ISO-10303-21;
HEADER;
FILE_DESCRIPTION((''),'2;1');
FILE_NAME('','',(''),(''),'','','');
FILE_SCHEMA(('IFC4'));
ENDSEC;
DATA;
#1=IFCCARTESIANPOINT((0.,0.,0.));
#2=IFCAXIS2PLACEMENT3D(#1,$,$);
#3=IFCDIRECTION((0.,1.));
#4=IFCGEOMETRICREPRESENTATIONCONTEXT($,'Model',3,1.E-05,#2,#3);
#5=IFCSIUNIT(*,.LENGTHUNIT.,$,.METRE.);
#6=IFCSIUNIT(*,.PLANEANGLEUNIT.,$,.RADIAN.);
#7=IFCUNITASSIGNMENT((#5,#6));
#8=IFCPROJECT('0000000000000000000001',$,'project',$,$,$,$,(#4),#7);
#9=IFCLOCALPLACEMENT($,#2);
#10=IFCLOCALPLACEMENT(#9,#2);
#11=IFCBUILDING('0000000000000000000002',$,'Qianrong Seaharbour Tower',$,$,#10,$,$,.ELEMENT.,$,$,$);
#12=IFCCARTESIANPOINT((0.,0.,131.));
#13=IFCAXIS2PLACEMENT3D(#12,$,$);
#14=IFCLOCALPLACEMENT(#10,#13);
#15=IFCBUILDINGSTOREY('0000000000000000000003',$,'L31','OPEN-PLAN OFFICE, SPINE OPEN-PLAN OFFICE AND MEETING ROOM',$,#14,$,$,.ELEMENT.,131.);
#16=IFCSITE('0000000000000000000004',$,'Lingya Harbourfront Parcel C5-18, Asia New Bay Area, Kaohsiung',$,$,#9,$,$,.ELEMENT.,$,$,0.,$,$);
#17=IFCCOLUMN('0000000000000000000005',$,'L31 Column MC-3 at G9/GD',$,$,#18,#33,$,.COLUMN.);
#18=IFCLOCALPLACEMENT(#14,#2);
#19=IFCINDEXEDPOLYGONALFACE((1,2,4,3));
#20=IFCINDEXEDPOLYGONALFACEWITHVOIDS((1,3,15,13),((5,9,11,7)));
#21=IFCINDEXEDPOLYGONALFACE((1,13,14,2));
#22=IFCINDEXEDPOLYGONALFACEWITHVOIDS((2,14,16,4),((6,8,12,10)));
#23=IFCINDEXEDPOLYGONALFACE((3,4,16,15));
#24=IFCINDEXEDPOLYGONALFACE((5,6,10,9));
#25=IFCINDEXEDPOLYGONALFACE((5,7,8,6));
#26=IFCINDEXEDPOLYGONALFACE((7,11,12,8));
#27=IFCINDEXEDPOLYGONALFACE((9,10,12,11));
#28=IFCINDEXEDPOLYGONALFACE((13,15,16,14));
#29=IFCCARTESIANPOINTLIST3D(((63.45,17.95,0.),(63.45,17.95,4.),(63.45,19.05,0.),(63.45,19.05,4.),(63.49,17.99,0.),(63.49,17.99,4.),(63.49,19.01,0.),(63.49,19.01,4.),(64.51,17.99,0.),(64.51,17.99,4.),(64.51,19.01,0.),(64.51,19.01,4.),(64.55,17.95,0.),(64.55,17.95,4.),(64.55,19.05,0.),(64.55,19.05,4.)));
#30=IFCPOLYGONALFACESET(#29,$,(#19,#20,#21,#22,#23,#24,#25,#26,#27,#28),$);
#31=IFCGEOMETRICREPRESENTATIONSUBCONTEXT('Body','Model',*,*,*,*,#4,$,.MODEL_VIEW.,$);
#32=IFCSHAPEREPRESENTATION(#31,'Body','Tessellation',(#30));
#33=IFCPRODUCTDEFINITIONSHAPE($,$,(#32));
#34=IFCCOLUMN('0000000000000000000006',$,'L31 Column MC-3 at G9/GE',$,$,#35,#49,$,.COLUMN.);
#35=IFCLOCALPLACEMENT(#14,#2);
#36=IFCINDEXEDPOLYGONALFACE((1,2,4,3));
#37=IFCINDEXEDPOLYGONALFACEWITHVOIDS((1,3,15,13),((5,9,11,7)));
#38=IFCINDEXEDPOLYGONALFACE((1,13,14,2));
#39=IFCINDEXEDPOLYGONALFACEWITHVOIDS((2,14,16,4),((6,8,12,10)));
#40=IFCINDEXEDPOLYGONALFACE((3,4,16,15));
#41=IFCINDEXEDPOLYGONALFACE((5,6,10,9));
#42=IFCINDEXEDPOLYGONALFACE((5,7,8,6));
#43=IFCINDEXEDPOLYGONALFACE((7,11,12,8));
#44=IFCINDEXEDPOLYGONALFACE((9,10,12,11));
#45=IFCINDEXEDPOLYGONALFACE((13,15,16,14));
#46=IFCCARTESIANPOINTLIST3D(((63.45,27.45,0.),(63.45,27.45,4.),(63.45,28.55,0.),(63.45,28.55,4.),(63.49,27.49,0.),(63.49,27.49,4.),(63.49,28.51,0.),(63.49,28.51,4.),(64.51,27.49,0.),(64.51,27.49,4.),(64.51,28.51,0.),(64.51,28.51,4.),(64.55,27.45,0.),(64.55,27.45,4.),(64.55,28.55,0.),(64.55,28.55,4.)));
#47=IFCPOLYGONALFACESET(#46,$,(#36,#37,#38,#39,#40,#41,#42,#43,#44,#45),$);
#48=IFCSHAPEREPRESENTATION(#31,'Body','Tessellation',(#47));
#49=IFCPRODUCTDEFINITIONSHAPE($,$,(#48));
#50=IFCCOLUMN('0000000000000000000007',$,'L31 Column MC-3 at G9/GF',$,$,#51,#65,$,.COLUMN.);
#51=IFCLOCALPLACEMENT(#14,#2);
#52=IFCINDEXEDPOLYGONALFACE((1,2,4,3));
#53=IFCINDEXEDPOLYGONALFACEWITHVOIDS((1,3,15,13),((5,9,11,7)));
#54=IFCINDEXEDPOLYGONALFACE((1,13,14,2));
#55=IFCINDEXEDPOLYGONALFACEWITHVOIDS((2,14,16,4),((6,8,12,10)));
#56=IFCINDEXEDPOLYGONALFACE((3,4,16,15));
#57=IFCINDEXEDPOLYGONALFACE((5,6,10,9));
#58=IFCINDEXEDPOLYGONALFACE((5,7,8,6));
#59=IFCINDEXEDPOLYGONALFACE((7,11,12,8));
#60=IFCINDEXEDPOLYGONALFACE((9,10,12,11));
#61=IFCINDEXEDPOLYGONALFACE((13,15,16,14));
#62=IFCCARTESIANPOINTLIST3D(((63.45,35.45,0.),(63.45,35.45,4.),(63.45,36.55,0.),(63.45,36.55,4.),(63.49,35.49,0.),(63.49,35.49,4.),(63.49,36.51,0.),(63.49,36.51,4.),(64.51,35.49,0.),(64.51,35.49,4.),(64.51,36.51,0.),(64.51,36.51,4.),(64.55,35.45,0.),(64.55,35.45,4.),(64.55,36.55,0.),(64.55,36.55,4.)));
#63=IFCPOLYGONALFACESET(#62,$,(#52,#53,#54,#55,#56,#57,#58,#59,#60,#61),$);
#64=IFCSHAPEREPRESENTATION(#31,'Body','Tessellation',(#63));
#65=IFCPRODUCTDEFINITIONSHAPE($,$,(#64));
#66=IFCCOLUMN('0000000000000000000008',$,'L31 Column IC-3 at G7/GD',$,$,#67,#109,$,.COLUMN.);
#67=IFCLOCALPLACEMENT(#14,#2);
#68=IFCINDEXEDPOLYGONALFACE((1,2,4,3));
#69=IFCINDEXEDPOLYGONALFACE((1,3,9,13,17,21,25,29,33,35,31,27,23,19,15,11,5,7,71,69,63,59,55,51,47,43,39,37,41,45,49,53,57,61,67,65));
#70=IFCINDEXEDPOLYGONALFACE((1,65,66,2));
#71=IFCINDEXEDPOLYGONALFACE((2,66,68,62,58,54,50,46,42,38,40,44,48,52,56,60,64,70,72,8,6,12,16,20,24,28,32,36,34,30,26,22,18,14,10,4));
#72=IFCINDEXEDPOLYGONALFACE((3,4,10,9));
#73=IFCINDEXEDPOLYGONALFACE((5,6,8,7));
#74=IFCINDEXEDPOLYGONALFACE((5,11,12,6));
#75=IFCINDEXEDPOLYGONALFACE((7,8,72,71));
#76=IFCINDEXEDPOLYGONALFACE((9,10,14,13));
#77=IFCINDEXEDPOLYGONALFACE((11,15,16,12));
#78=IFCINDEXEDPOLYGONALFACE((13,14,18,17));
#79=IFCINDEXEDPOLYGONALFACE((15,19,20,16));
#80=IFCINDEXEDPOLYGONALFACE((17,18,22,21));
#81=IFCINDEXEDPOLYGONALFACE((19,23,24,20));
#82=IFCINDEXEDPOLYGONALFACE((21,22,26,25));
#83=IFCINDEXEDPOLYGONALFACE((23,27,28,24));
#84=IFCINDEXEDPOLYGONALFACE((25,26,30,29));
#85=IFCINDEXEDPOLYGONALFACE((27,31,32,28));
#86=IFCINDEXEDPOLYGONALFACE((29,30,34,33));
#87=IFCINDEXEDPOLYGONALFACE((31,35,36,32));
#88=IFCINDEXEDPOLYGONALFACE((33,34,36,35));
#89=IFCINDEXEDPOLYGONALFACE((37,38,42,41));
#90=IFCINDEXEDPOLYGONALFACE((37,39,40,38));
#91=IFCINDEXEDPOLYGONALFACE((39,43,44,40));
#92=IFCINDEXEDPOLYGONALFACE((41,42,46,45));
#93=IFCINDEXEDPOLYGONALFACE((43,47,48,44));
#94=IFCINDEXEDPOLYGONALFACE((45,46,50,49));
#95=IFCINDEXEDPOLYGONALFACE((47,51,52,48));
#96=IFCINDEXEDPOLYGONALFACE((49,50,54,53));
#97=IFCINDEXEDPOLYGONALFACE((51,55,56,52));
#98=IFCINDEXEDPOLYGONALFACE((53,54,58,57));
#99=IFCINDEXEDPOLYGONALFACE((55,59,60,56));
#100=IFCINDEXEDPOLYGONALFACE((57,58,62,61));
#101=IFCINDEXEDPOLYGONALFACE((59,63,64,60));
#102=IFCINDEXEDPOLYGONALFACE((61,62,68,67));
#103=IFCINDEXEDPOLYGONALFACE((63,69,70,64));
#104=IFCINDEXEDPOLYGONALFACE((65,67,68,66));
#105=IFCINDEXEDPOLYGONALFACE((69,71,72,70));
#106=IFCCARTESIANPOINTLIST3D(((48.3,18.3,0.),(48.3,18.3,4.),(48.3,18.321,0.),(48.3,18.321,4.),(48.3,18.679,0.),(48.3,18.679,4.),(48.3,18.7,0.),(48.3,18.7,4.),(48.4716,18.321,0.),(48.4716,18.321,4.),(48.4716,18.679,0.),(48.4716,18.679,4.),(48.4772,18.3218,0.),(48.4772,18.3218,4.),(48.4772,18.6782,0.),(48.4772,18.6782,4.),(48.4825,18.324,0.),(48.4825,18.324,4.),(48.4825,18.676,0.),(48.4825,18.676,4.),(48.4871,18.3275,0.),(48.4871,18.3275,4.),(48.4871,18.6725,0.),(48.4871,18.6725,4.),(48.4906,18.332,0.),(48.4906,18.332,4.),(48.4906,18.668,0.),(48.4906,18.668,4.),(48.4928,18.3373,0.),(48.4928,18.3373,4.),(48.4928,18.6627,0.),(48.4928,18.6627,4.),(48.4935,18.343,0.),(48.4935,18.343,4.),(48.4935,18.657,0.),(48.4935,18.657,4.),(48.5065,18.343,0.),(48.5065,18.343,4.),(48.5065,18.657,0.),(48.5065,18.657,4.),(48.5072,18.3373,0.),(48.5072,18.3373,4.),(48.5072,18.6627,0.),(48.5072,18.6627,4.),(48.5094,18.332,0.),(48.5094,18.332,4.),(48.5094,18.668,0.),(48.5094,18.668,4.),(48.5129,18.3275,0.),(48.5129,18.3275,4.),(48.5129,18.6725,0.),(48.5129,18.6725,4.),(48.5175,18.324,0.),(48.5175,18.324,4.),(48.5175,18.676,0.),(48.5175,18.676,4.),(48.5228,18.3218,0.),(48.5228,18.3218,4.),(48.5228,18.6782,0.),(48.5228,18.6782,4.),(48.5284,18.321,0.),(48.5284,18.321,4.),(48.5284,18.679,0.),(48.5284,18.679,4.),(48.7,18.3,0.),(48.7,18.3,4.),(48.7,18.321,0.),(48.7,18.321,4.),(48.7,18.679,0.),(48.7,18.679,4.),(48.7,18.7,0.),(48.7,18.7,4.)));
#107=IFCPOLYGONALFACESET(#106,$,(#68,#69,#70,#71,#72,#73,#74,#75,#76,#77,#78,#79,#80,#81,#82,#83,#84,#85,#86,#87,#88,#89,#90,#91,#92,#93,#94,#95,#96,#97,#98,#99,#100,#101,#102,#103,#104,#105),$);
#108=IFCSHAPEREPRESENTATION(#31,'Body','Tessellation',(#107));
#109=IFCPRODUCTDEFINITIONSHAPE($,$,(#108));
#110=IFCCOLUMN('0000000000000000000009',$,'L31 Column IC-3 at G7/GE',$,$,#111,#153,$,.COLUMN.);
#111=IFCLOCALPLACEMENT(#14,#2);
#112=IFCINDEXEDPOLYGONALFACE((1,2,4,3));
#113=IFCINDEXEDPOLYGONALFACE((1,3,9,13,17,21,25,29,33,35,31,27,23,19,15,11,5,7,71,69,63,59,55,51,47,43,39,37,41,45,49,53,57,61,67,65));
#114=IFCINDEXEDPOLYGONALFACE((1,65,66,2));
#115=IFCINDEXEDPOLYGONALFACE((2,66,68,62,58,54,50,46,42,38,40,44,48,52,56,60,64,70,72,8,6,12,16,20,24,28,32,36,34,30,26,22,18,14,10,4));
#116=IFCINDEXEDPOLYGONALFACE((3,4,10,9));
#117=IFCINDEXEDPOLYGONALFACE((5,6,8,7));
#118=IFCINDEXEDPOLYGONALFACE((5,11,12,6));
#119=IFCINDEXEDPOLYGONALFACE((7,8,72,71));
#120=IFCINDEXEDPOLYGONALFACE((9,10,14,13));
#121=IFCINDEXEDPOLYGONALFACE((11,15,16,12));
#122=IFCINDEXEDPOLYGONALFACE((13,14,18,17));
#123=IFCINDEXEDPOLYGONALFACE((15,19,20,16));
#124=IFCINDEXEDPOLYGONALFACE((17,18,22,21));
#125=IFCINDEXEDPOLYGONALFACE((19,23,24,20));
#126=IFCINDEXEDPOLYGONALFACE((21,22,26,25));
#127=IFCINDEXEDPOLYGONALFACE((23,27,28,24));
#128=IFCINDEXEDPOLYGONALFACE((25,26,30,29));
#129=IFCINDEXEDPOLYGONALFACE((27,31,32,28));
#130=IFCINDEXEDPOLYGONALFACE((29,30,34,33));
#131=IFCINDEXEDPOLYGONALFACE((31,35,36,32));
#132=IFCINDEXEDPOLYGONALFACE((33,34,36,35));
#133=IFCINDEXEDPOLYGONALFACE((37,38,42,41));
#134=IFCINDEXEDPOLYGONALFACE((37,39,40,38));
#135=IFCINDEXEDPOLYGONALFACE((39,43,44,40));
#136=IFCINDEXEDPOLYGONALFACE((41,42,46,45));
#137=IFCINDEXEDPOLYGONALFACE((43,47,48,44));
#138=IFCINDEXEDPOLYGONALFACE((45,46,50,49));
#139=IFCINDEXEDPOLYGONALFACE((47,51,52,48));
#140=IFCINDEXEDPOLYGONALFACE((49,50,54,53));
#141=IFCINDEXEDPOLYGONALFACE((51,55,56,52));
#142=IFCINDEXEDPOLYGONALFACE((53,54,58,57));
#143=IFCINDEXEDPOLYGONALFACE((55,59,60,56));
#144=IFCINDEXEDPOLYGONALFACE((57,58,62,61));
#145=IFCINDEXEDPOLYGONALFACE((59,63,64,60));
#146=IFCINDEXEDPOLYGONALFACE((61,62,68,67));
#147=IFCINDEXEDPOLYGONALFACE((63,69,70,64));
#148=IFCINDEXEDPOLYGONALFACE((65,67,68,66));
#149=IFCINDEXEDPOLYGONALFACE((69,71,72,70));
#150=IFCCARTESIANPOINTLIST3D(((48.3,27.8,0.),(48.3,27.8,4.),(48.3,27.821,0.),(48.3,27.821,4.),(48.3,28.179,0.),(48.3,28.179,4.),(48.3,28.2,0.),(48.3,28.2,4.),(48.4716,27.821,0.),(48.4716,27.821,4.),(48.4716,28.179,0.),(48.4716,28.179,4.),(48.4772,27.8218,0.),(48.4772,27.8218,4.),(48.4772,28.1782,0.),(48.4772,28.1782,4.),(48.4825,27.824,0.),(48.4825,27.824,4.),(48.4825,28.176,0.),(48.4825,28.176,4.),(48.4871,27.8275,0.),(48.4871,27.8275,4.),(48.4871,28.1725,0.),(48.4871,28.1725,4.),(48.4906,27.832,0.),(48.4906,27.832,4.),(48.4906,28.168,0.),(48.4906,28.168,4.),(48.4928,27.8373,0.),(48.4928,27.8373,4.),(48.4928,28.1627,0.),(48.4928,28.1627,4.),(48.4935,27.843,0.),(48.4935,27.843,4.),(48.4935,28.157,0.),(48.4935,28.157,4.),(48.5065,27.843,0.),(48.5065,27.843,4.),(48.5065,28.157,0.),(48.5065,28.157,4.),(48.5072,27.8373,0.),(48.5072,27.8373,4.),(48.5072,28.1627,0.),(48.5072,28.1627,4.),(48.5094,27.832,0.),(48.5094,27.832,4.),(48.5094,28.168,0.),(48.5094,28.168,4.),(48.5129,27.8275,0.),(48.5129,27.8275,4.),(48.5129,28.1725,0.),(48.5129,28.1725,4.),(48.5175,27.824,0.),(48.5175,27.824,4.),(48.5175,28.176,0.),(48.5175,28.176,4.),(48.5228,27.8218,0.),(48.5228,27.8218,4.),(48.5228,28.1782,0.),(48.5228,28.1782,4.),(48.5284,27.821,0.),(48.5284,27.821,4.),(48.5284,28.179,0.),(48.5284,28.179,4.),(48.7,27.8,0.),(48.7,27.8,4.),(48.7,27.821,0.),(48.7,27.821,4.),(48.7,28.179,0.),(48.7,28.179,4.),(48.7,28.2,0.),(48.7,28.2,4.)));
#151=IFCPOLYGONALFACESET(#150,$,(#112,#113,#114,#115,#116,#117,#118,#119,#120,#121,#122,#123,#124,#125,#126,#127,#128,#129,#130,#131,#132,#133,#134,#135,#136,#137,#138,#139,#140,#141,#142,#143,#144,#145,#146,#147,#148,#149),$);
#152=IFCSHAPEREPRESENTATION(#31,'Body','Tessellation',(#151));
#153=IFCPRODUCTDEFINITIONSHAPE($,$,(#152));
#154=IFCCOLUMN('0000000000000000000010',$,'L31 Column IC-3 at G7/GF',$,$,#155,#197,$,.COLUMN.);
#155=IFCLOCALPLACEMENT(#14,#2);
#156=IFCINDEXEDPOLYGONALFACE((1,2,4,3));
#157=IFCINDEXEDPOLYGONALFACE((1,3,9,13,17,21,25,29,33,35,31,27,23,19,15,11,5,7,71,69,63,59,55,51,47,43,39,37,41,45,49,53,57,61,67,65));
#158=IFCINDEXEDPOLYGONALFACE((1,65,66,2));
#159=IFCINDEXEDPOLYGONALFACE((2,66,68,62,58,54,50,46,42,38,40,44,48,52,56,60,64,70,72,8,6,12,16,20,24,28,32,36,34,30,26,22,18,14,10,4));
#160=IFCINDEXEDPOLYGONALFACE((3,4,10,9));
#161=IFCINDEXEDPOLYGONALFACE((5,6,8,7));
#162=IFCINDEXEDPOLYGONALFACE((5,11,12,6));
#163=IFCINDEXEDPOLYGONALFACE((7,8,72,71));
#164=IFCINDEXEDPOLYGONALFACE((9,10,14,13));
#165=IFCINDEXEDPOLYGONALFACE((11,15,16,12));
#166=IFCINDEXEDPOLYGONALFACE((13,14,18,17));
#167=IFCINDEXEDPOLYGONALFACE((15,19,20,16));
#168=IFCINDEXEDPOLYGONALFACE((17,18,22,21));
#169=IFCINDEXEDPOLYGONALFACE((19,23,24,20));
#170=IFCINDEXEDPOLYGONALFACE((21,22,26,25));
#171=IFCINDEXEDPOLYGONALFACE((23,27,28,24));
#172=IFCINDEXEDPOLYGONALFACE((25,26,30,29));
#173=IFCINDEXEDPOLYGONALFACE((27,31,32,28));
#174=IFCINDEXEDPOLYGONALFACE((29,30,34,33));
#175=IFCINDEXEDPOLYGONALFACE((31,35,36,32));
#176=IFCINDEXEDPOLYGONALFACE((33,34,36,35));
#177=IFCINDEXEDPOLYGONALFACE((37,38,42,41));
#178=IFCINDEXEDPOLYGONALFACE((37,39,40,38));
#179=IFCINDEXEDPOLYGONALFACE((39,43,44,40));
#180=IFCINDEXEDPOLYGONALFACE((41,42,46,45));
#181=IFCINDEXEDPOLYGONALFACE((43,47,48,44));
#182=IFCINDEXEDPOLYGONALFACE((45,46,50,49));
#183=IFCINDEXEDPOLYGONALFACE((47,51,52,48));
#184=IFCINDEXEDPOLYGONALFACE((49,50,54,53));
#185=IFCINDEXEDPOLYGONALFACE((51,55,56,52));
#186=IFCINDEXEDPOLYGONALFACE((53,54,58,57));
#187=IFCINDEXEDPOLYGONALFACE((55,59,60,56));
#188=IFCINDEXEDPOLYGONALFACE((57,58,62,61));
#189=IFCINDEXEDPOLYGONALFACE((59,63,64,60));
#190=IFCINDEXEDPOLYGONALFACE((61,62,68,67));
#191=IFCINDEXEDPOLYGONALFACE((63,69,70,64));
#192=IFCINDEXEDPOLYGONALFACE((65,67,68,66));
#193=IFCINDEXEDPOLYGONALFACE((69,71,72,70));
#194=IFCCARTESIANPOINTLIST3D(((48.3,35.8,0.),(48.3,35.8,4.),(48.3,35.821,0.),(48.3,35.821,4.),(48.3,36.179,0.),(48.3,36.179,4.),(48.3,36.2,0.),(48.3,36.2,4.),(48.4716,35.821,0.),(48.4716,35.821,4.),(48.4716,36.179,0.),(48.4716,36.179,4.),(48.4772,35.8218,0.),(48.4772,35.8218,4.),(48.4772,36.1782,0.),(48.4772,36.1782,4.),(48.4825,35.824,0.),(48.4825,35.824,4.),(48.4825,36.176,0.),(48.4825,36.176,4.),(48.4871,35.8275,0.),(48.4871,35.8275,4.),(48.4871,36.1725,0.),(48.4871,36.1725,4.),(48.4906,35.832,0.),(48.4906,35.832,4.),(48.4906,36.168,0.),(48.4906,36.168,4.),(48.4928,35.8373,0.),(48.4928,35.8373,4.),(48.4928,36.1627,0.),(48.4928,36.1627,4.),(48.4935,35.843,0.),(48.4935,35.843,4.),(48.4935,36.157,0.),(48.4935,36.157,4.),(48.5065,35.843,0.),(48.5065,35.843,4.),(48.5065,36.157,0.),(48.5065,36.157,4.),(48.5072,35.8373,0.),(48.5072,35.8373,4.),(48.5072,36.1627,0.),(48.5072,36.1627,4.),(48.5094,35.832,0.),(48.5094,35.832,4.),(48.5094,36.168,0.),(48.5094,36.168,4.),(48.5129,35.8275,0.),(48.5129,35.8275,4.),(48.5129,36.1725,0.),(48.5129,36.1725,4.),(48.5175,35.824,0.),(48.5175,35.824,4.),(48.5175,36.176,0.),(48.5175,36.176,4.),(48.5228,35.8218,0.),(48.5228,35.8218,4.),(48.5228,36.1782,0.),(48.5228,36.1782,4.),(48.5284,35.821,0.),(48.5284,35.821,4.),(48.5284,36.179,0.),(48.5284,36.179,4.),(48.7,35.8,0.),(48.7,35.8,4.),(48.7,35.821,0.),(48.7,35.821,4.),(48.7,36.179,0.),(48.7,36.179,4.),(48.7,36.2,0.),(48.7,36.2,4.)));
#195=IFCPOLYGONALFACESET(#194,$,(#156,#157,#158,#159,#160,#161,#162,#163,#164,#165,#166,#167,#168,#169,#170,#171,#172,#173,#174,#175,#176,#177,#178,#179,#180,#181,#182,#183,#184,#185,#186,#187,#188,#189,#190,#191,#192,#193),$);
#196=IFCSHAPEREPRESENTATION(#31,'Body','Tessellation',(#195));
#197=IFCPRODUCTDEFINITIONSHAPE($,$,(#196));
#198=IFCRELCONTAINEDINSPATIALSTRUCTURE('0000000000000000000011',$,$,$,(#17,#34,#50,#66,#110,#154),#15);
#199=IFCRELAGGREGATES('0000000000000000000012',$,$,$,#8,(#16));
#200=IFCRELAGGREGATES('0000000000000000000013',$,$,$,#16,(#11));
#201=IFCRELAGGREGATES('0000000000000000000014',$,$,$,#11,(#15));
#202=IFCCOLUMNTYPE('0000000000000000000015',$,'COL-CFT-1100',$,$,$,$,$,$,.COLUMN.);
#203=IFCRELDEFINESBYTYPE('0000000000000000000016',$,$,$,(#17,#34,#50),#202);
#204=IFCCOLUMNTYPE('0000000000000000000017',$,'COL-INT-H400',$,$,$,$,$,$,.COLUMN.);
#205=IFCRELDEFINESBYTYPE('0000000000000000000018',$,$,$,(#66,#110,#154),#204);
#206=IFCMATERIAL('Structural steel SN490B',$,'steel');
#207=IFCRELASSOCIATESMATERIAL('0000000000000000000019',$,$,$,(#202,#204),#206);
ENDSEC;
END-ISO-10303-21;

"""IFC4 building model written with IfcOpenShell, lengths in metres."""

from ifc_helpers import new_model, si_unit, direction, frame, origin, origin_2d, place, context, subcontext, project, spatial, hollow_rectangle, i_section, extrude, material, material_profile, profile_set, type_object, element, save


model = new_model("IFC4")

# Units and contexts
model_context = context("Model", 3, precision=1e-05, world=origin(), true_north=direction((0.0, 1.0)))
body_context = subcontext(model_context, "Body", "Model", "MODEL_VIEW")
ifc_project = project(units=[si_unit("LENGTHUNIT", "METRE"), si_unit("PLANEANGLEUNIT", "RADIAN")], contexts=[model_context])

# Site, building, storey
site_placement = place(None, origin())
site = spatial("IfcSite", under=ifc_project, at=site_placement, Name="Lingya Harbourfront Parcel C5-18, Asia New Bay Area, Kaohsiung", CompositionType="ELEMENT", RefElevation=0.0)
building_placement = place(site_placement, origin())
building = spatial("IfcBuilding", under=site, at=building_placement, Name="Qianrong Seaharbour Tower", CompositionType="ELEMENT")
storey_placement = place(building_placement, frame((0.0, 0.0, 131.0)))
storey = spatial("IfcBuildingStorey", under=building, at=storey_placement, Name="L31", Description="OPEN-PLAN OFFICE, SPINE OPEN-PLAN OFFICE AND MEETING ROOM", CompositionType="ELEMENT", Elevation=131.0)

# Columns
ifc_material_1 = material(Name="Structural steel SN490B", Category="steel")
ifc_material_profile_1 = material_profile(ifc_material_1, hollow_rectangle(XDim=1.1001, YDim=1.1001, WallThickness=0.04, at=origin_2d()), Name="BOX1100x1100x40")
ifc_profile_set_1 = profile_set([ifc_material_profile_1], Name="Structural steel SN490B")
column_type_1 = type_object("IfcColumnType", Name="COL-CFT-1100", PredefinedType="COLUMN", material=ifc_profile_set_1)
for number, where, z_axis, x_axis, name in (
    (1, (64.0, 18.5, 0.0), (0.0, 0.0, 1.0), (1.0, 0.0, 0.0), "L31 Column MC-3 at G9/GD"),
    (2, (64.0, 28.0, 0.0), (0.0, 0.0, 1.0), (1.0, 0.0, 0.0), "L31 Column MC-3 at G9/GE"),
    (3, (64.0, 36.0, 0.0), (0.0, 0.0, 1.0), (1.0, 0.0, 0.0), "L31 Column MC-3 at G9/GF"),
):
    element("IfcColumn", number, at=place(storey_placement, frame(where, z_axis=z_axis, x_axis=x_axis)), inside=storey, type_object=column_type_1, Name=name, PredefinedType="COLUMN", context=body_context, shape_type="SweptSolid", body=[
        extrude(hollow_rectangle(XDim=1.1001, YDim=1.1001, WallThickness=0.04, at=origin_2d()), origin(), (0.0, 0.0, 1.0), 4.0),
    ])
ifc_material_profile_2 = material_profile(ifc_material_1, i_section(OverallWidth=0.3999, OverallDepth=0.3999, WebThickness=0.0129, FlangeThickness=0.021, FilletRadius=0.022, at=origin_2d()), Name="H400x400x13x21")
ifc_profile_set_2 = profile_set([ifc_material_profile_2], Name="Structural steel SN490B")
column_type_2 = type_object("IfcColumnType", Name="COL-INT-H400", PredefinedType="COLUMN", material=ifc_profile_set_2)
for number, where, z_axis, x_axis, name in (
    (4, (48.5, 18.5, 0.0), (0.0, 0.0, 1.0), (1.0, 0.0, 0.0), "L31 Column IC-3 at G7/GD"),
    (5, (48.5, 28.0, 0.0), (0.0, 0.0, 1.0), (1.0, 0.0, 0.0), "L31 Column IC-3 at G7/GE"),
    (6, (48.5, 36.0, 0.0), (0.0, 0.0, 1.0), (1.0, 0.0, 0.0), "L31 Column IC-3 at G7/GF"),
):
    element("IfcColumn", number, at=place(storey_placement, frame(where, z_axis=z_axis, x_axis=x_axis)), inside=storey, type_object=column_type_2, Name=name, PredefinedType="COLUMN", context=body_context, shape_type="SweptSolid", body=[
        extrude(i_section(OverallWidth=0.3999, OverallDepth=0.3999, WebThickness=0.0129, FlangeThickness=0.021, FilletRadius=0.022, at=origin_2d()), origin(), (0.0, 0.0, 1.0), 4.0),
    ])

save(model, "model.ifc")
